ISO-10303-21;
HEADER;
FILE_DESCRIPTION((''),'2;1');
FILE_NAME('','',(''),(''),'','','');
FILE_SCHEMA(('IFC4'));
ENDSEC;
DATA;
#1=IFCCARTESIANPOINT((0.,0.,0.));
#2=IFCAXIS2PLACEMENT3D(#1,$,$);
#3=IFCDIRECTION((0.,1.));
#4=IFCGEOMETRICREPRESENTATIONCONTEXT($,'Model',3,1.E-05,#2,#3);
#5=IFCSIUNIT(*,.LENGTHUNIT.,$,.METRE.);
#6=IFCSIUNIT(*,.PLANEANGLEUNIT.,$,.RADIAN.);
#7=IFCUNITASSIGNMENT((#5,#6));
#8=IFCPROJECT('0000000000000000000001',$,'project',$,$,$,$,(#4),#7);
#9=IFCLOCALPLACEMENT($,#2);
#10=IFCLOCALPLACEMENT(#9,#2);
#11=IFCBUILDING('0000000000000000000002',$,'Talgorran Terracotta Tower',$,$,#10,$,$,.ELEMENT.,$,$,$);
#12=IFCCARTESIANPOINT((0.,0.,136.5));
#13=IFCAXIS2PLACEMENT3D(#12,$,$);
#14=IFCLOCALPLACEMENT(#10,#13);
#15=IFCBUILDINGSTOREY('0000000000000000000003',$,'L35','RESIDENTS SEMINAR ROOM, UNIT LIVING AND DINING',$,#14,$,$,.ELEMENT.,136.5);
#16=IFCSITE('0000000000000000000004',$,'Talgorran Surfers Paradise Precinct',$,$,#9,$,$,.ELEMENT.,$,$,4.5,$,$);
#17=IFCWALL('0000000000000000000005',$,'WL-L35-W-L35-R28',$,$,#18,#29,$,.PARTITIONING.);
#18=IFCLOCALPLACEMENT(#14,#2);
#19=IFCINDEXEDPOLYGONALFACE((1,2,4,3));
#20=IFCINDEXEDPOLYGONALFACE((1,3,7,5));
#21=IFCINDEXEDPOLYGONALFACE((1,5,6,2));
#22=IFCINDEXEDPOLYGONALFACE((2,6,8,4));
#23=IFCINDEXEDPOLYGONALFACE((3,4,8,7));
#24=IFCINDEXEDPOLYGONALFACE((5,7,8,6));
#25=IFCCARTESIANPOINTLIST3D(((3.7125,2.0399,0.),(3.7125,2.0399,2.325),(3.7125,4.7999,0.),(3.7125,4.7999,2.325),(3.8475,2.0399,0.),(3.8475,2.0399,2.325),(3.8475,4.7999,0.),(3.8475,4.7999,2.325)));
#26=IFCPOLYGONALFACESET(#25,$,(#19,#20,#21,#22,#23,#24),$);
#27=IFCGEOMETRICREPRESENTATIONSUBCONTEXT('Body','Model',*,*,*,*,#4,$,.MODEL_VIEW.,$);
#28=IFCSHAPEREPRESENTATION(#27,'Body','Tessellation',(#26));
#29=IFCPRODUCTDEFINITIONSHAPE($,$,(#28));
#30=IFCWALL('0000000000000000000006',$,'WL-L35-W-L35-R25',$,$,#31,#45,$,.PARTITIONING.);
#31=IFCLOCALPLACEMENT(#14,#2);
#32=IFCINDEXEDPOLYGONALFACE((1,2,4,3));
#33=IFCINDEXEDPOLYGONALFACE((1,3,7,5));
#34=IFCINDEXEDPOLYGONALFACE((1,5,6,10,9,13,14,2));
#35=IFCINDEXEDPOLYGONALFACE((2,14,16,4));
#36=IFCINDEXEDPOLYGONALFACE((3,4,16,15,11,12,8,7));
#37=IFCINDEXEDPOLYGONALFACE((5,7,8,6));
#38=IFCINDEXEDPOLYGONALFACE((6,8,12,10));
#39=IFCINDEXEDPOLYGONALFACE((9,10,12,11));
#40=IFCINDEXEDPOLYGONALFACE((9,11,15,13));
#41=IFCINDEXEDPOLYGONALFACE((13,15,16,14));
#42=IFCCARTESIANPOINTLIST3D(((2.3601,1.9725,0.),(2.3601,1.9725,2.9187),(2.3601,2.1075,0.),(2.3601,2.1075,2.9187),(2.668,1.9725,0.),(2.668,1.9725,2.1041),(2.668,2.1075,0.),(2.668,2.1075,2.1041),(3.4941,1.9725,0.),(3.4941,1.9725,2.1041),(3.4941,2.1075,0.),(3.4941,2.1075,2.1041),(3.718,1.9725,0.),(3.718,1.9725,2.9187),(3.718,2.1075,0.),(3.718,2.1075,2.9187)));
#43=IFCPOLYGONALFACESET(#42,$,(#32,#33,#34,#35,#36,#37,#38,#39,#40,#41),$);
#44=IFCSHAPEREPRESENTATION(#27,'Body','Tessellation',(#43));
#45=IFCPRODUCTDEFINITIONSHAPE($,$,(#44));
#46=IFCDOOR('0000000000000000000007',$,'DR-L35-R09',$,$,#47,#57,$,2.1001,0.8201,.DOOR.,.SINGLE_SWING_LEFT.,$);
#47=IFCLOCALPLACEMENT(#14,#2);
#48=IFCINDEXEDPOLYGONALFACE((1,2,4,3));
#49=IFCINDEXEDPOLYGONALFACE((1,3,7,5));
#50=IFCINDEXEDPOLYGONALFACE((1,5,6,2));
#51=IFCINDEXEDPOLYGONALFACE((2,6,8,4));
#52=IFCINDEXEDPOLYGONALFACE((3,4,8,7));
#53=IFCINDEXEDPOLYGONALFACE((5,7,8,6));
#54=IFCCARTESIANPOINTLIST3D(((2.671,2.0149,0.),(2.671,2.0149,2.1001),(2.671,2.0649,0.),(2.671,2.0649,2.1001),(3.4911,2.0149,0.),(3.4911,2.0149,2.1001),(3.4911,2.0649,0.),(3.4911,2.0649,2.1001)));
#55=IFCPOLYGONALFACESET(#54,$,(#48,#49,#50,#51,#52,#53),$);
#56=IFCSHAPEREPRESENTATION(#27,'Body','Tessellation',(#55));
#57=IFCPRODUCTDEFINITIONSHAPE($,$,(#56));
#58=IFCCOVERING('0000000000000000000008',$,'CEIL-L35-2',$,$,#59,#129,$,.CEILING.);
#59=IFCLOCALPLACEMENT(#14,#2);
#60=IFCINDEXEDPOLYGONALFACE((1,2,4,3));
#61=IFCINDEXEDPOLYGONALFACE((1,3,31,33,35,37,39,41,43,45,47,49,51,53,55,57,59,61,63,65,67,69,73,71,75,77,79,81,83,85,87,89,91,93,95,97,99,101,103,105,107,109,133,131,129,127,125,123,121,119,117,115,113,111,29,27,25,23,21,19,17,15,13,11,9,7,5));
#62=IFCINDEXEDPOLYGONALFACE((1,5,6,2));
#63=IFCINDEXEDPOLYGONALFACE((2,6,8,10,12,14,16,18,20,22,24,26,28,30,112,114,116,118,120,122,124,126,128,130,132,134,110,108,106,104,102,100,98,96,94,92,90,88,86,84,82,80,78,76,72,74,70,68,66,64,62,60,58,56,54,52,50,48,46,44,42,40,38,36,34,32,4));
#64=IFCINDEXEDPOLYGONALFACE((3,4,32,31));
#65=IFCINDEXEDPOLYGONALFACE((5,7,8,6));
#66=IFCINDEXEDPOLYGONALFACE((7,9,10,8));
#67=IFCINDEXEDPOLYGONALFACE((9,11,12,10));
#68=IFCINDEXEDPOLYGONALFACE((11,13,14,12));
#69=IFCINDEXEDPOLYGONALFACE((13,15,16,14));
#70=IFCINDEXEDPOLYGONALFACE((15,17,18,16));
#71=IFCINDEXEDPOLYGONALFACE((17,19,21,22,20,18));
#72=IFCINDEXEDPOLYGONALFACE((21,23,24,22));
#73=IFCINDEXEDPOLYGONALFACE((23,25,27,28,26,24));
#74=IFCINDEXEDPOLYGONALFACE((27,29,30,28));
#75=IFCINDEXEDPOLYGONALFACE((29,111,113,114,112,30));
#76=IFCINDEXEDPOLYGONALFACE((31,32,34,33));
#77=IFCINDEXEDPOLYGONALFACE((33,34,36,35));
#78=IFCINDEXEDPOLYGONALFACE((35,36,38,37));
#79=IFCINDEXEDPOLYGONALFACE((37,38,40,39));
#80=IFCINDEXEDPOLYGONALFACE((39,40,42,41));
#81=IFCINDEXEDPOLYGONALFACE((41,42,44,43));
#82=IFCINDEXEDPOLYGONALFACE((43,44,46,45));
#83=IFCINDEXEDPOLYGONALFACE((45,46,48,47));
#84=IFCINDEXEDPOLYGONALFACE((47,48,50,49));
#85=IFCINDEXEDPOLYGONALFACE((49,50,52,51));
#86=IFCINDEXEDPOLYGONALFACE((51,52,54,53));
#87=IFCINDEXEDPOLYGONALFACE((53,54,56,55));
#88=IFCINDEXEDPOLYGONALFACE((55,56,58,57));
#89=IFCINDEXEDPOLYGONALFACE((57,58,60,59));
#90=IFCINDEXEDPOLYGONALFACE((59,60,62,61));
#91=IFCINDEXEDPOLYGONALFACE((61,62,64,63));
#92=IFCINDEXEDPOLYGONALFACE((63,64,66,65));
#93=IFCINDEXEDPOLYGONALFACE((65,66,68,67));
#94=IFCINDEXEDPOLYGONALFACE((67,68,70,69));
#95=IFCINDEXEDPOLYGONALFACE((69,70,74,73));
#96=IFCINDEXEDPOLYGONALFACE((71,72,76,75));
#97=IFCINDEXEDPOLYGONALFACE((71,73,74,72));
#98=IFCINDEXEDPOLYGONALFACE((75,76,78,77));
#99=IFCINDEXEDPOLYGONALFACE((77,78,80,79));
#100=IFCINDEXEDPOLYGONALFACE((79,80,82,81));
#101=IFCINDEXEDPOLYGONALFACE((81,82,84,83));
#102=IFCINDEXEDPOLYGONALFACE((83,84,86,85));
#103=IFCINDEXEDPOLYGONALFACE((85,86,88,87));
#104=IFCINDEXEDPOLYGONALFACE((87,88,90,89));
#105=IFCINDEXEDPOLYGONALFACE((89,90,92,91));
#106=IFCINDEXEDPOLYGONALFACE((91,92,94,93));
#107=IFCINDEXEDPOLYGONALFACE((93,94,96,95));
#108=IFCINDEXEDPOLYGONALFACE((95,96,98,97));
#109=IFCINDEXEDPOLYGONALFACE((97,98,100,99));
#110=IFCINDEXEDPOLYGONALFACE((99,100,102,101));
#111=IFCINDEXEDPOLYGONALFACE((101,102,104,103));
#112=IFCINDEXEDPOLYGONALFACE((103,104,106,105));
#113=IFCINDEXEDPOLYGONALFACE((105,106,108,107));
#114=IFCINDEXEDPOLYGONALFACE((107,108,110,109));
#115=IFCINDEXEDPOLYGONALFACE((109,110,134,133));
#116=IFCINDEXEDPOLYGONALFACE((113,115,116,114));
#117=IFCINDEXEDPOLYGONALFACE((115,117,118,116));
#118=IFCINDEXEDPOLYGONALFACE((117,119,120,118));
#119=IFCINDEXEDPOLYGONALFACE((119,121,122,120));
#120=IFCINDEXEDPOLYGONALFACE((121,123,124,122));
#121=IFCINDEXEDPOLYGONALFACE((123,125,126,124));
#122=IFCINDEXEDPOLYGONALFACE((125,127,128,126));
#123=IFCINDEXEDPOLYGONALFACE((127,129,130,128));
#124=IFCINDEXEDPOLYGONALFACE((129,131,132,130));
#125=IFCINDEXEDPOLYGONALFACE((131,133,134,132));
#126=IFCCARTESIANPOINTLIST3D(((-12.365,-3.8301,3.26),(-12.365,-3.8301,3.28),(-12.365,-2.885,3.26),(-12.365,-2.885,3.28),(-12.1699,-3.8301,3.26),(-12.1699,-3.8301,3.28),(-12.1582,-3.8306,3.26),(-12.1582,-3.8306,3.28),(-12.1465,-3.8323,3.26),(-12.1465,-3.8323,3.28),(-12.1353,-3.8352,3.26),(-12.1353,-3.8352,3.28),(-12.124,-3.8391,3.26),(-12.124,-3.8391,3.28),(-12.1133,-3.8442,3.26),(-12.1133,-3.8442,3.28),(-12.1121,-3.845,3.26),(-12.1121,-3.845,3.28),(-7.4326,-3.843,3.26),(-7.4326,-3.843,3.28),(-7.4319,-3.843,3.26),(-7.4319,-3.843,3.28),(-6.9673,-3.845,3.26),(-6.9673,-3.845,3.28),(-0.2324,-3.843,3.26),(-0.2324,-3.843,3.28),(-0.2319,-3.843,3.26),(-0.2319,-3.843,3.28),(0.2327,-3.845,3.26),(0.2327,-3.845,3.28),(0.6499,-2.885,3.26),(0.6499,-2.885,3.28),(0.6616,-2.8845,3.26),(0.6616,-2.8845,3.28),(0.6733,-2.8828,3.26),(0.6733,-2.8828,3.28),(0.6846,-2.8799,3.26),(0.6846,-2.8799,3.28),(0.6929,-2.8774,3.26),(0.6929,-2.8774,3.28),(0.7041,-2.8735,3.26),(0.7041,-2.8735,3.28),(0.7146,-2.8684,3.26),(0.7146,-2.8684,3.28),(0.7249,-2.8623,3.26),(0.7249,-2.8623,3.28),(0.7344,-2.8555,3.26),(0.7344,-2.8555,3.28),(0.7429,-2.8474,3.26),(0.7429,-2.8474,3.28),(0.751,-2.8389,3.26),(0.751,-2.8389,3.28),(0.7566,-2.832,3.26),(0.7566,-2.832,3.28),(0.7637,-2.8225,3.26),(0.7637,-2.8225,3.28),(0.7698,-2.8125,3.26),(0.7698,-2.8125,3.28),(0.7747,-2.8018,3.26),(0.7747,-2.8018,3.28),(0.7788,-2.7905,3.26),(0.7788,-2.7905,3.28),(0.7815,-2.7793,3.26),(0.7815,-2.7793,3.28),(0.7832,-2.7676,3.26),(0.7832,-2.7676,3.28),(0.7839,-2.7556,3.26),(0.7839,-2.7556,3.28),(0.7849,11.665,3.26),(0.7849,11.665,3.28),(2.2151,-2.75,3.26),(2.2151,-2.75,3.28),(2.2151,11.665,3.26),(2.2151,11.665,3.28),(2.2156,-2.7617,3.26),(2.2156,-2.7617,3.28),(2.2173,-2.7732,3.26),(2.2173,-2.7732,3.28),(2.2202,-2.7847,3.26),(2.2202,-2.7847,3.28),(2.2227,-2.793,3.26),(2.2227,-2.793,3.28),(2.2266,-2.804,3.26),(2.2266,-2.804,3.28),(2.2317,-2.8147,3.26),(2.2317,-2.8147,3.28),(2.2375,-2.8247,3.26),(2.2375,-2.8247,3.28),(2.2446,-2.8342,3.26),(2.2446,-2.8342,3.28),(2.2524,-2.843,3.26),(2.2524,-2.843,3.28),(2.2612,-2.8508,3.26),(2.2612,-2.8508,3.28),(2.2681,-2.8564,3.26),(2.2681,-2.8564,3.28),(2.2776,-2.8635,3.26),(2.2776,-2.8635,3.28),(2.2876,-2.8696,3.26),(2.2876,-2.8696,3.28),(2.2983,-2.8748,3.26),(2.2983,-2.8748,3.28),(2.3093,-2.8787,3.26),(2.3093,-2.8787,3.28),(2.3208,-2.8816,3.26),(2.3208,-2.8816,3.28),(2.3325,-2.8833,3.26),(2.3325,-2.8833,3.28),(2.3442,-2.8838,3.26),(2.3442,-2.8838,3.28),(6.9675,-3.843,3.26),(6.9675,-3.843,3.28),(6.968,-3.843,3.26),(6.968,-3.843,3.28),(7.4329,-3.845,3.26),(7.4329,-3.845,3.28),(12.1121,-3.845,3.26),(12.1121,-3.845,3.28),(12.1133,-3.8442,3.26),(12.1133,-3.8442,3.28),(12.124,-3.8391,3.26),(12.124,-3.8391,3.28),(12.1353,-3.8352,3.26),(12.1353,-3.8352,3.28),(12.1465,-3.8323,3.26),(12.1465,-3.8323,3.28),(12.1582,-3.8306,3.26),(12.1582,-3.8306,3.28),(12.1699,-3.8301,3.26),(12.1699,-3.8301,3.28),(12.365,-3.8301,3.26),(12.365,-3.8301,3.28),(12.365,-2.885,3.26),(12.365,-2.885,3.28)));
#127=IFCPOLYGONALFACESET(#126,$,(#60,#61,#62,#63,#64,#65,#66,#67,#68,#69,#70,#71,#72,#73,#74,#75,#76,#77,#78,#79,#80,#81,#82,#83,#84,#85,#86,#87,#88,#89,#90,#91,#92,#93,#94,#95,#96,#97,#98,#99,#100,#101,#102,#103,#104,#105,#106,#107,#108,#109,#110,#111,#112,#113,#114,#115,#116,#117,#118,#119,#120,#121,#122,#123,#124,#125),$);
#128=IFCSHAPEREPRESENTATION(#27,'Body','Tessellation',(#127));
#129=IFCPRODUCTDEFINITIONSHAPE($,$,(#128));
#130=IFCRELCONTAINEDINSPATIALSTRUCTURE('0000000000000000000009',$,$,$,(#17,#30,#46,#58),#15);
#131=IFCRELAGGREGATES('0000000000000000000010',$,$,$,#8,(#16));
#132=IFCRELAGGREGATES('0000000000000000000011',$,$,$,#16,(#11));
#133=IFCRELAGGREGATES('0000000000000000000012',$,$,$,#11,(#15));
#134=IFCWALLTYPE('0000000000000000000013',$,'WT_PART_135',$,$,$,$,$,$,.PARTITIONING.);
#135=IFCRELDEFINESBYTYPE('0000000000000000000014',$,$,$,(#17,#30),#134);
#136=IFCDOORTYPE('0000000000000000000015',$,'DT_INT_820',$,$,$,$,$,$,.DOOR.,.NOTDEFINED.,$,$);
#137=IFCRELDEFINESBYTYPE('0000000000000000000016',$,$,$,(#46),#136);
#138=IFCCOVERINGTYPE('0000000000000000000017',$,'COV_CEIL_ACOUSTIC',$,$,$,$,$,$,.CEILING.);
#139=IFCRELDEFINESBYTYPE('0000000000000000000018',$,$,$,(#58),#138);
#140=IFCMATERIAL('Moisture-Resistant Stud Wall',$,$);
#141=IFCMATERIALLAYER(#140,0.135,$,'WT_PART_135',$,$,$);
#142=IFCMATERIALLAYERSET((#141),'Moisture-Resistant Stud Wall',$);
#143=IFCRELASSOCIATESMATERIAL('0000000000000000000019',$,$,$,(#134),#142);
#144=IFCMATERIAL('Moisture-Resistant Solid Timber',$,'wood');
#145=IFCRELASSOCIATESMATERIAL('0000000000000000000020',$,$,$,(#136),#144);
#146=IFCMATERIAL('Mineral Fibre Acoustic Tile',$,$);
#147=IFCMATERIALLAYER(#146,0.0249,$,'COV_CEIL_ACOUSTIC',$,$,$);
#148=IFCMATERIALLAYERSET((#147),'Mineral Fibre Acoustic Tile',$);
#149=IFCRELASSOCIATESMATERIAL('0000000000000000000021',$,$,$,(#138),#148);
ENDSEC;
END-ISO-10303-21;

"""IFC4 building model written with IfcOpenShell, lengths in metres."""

from ifc_helpers import new_model, si_unit, direction, frame, frame_2d, origin, place, context, subcontext, project, spatial, polyline, rectangle, outline, extrude, material, layer, layer_set, type_object, element, fill, save


model = new_model("IFC4")

# Units and contexts
model_context = context("Model", 3, precision=1e-05, world=origin(), true_north=direction((0.0, 1.0)))
body_context = subcontext(model_context, "Body", "Model", "MODEL_VIEW")
ifc_project = project(units=[si_unit("LENGTHUNIT", "METRE"), si_unit("PLANEANGLEUNIT", "RADIAN")], contexts=[model_context])

# Site, building, storey
site_placement = place(None, origin())
site = spatial("IfcSite", under=ifc_project, at=site_placement, Name="Talgorran Surfers Paradise Precinct", CompositionType="ELEMENT", RefElevation=4.5)
building_placement = place(site_placement, origin())
building = spatial("IfcBuilding", under=site, at=building_placement, Name="Talgorran Terracotta Tower", CompositionType="ELEMENT")
storey_placement = place(building_placement, frame((0.0, 0.0, 136.5)))
storey = spatial("IfcBuildingStorey", under=building, at=storey_placement, Name="L35", Description="RESIDENTS SEMINAR ROOM, UNIT LIVING AND DINING", CompositionType="ELEMENT", Elevation=136.5)

# Wall
ifc_material_1 = material(Name="Moisture-Resistant Stud Wall")
ifc_layer_1 = layer(ifc_material_1, 0.135, Name="WT_PART_135")
ifc_layer_set_1 = layer_set([ifc_layer_1], Name="Moisture-Resistant Stud Wall")
wall_type_1 = type_object("IfcWallType", Name="WT_PART_135", PredefinedType="PARTITIONING", material=ifc_layer_set_1)
wall_1_placement = place(storey_placement, frame((3.78, 2.04, 0.0), z_axis=(0.0, 0.0, 1.0), x_axis=(0.0, 1.0, 0.0)))
element("IfcWall", 1, at=wall_1_placement, inside=storey, type_object=wall_type_1, Name="WL-L35-W-L35-R28", PredefinedType="PARTITIONING", context=body_context, shape_type="SweptSolid", body=[
    extrude(rectangle(XDim=2.76, YDim=0.135, at=frame_2d((1.3799, 0.0))), origin(), (0.0, 0.0, 1.0), 2.325),
])

# Wall, opening, door
wall_2_placement = place(storey_placement, frame((2.3601, 2.04, 0.0), z_axis=(0.0, 0.0, 1.0), x_axis=(1.0, 0.0, 0.0)))
wall_2 = element("IfcWall", 2, at=wall_2_placement, inside=storey, type_object=wall_type_1, Name="WL-L35-W-L35-R25", PredefinedType="PARTITIONING", context=body_context, shape_type="SweptSolid", body=[
    extrude(rectangle(XDim=1.3579, YDim=0.135, at=frame_2d((0.679, 0.0))), origin(), (0.0, 0.0, 1.0), 2.9187),
])
opening_1_placement = place(wall_2_placement, frame((0.3108, 0.0, 0.0)))
opening_1 = element("IfcOpeningElement", 3, at=opening_1_placement, cuts=wall_2, PredefinedType="OPENING", context=body_context, shape_type="SweptSolid", body=[
    extrude(rectangle(XDim=0.8261, YDim=2.1041, at=frame_2d((0.4102, 1.052))), frame((0.0, 0.0776, 0.0), z_axis=(0.0, -1.0, 0.0), x_axis=(1.0, 0.0, 0.0)), (0.0, 0.0, 1.0), 0.155),
])
ifc_material_2 = material(Name="Moisture-Resistant Solid Timber", Category="wood")
door_type_1 = type_object("IfcDoorType", Name="DT_INT_820", OperationType="NOTDEFINED", PredefinedType="DOOR", material=ifc_material_2)
door_1_placement = place(opening_1_placement, origin())
door_1 = element("IfcDoor", 4, at=door_1_placement, inside=storey, type_object=door_type_1, Name="DR-L35-R09", OperationType="SINGLE_SWING_LEFT", OverallHeight=2.1001, OverallWidth=0.8201, PredefinedType="DOOR", context=body_context, shape_type="SweptSolid", body=[
    extrude(rectangle(XDim=0.8201, YDim=2.1001, at=frame_2d((0.4102, 1.05))), frame((0.0, 0.0249, 0.0), z_axis=(0.0, -1.0, 0.0), x_axis=(1.0, 0.0, 0.0)), (0.0, 0.0, 1.0), 0.05),
])
fill(opening_1, door_1)

# Covering
ifc_material_3 = material(Name="Mineral Fibre Acoustic Tile")
ifc_layer_2 = layer(ifc_material_3, 0.0249, Name="COV_CEIL_ACOUSTIC")
ifc_layer_set_2 = layer_set([ifc_layer_2], Name="Mineral Fibre Acoustic Tile")
covering_type_1 = type_object("IfcCoveringType", Name="COV_CEIL_ACOUSTIC", PredefinedType="CEILING", material=ifc_layer_set_2)
covering_1_placement = place(storey_placement, frame((0.0, 0.0, 3.26)))
element("IfcCovering", 5, at=covering_1_placement, inside=storey, type_object=covering_type_1, Name="CEIL-L35-2", PredefinedType="CEILING", context=body_context, shape_type="SweptSolid", body=[
    extrude(outline(polyline([(-12.365, -2.885), (0.6499, -2.885), (0.6616, -2.8845), (0.6733, -2.8828), (0.6846, -2.8799), (0.6929, -2.8774), (0.7041, -2.8735), (0.7146, -2.8684), (0.7249, -2.8623), (0.7344, -2.8555), (0.7429, -2.8474), (0.751, -2.8389), (0.7566, -2.832), (0.7637, -2.8225), (0.7698, -2.8125), (0.7747, -2.8018), (0.7788, -2.7905), (0.7815, -2.7793), (0.7832, -2.7676), (0.7839, -2.7556), (0.7849, 11.665), (2.2151, 11.665), (2.2151, -2.75), (2.2156, -2.7617), (2.2173, -2.7732), (2.2202, -2.7847), (2.2227, -2.793), (2.2266, -2.804), (2.2317, -2.8147), (2.2375, -2.8247), (2.2446, -2.8342), (2.2524, -2.843), (2.2612, -2.8508), (2.2681, -2.8564), (2.2776, -2.8635), (2.2876, -2.8696), (2.2983, -2.8748), (2.3093, -2.8787), (2.3208, -2.8816), (2.3325, -2.8833), (2.3442, -2.8838), (12.365, -2.885), (12.365, -3.8301), (12.1699, -3.8301), (12.1582, -3.8306), (12.1465, -3.8323), (12.1353, -3.8352), (12.124, -3.8391), (12.1133, -3.8442), (12.1121, -3.845), (7.4329, -3.845), (6.968, -3.843), (6.9675, -3.843), (0.2327, -3.845), (-0.2319, -3.843), (-0.2324, -3.843), (-6.9673, -3.845), (-7.4319, -3.843), (-7.4326, -3.843), (-12.1121, -3.845), (-12.1133, -3.8442), (-12.124, -3.8391), (-12.1353, -3.8352), (-12.1465, -3.8323), (-12.1582, -3.8306), (-12.1699, -3.8301), (-12.365, -3.8301), (-12.365, -2.885)])), origin(), (0.0, 0.0, 1.0), 0.02),
])

save(model, "model.ifc")
